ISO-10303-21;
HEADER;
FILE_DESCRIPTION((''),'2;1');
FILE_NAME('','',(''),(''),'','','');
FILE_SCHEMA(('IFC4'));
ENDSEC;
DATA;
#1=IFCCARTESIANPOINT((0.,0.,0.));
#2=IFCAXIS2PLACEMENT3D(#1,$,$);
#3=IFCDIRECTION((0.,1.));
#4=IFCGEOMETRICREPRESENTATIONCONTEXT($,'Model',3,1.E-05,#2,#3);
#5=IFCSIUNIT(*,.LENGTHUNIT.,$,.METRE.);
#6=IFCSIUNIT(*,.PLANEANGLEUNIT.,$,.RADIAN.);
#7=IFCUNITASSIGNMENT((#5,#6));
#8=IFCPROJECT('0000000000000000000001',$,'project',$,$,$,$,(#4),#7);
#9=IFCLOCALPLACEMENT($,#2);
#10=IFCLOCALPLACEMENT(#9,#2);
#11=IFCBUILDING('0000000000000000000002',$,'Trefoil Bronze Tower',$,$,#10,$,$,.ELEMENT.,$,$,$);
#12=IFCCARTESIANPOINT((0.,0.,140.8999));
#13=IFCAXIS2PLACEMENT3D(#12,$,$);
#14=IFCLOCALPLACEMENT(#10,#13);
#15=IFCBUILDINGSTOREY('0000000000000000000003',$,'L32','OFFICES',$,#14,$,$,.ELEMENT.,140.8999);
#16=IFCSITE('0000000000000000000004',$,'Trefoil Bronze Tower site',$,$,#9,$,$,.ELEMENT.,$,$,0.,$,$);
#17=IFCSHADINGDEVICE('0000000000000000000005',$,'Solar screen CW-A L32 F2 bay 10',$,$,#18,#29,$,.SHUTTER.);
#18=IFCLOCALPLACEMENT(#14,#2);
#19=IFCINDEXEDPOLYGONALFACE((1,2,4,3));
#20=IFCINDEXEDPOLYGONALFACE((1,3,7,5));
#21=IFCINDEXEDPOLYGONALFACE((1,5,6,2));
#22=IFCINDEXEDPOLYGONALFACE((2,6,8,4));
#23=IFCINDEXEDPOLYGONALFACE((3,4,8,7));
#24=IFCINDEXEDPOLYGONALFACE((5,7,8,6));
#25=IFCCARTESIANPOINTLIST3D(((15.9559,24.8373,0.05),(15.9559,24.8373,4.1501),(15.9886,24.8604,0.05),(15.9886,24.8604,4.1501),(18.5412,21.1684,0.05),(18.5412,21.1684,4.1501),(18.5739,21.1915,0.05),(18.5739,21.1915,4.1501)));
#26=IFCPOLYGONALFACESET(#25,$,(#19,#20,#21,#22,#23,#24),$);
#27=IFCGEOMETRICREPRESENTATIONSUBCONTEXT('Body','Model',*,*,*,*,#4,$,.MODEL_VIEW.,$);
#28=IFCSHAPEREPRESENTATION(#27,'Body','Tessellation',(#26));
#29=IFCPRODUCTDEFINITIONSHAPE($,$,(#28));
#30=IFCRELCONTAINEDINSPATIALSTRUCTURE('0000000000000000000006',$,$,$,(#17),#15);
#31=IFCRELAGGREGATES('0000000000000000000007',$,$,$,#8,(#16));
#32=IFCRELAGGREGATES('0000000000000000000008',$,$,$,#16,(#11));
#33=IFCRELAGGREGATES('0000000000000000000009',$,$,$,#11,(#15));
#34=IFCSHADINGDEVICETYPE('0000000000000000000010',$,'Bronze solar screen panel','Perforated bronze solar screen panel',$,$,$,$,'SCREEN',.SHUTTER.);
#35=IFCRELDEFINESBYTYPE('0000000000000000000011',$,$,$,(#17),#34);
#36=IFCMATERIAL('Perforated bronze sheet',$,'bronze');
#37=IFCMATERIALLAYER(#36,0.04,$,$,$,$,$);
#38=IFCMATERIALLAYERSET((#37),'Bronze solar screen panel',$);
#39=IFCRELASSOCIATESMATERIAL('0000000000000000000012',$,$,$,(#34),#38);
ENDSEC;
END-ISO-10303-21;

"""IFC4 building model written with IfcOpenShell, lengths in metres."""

from ifc_helpers import new_model, si_unit, direction, frame, origin, origin_2d, place, context, subcontext, project, spatial, rectangle, extrude, material, layer, layer_set, type_object, element, save


model = new_model("IFC4")

# Units and contexts
model_context = context("Model", 3, precision=1e-05, world=origin(), true_north=direction((0.0, 1.0)))
body_context = subcontext(model_context, "Body", "Model", "MODEL_VIEW")
ifc_project = project(units=[si_unit("LENGTHUNIT", "METRE"), si_unit("PLANEANGLEUNIT", "RADIAN")], contexts=[model_context])

# Site, building, storey
site_placement = place(None, origin())
site = spatial("IfcSite", under=ifc_project, at=site_placement, Name="Trefoil Bronze Tower site", CompositionType="ELEMENT", RefElevation=0.0)
building_placement = place(site_placement, origin())
building = spatial("IfcBuilding", under=site, at=building_placement, Name="Trefoil Bronze Tower", CompositionType="ELEMENT")
storey_placement = place(building_placement, frame((0.0, 0.0, 140.8999)))
storey = spatial("IfcBuildingStorey", under=building, at=storey_placement, Name="L32", Description="OFFICES", CompositionType="ELEMENT", Elevation=140.8999)

# Shading device
ifc_material_1 = material(Name="Perforated bronze sheet", Category="bronze")
ifc_layer_1 = layer(ifc_material_1, 0.04)
ifc_layer_set_1 = layer_set([ifc_layer_1], Name="Bronze solar screen panel")
shading_device_type = type_object("IfcShadingDeviceType", Name="Bronze solar screen panel", Description="Perforated bronze solar screen panel", ElementType="SCREEN", PredefinedType="SHUTTER", material=ifc_layer_set_1)
shading_device_1_placement = place(storey_placement, frame((17.2649, 23.0144, 0.05), z_axis=(0.0, 0.0, 1.0), x_axis=(-0.575999, 0.81745, 0.0)))
element("IfcShadingDevice", 1, at=shading_device_1_placement, inside=storey, type_object=shading_device_type, Name="Solar screen CW-A L32 F2 bay 10", PredefinedType="SHUTTER", context=body_context, shape_type="SweptSolid", body=[
    extrude(rectangle(XDim=4.4883, YDim=0.04, at=origin_2d()), origin(), (0.0, 0.0, 1.0), 4.1001),
])

save(model, "model.ifc")
